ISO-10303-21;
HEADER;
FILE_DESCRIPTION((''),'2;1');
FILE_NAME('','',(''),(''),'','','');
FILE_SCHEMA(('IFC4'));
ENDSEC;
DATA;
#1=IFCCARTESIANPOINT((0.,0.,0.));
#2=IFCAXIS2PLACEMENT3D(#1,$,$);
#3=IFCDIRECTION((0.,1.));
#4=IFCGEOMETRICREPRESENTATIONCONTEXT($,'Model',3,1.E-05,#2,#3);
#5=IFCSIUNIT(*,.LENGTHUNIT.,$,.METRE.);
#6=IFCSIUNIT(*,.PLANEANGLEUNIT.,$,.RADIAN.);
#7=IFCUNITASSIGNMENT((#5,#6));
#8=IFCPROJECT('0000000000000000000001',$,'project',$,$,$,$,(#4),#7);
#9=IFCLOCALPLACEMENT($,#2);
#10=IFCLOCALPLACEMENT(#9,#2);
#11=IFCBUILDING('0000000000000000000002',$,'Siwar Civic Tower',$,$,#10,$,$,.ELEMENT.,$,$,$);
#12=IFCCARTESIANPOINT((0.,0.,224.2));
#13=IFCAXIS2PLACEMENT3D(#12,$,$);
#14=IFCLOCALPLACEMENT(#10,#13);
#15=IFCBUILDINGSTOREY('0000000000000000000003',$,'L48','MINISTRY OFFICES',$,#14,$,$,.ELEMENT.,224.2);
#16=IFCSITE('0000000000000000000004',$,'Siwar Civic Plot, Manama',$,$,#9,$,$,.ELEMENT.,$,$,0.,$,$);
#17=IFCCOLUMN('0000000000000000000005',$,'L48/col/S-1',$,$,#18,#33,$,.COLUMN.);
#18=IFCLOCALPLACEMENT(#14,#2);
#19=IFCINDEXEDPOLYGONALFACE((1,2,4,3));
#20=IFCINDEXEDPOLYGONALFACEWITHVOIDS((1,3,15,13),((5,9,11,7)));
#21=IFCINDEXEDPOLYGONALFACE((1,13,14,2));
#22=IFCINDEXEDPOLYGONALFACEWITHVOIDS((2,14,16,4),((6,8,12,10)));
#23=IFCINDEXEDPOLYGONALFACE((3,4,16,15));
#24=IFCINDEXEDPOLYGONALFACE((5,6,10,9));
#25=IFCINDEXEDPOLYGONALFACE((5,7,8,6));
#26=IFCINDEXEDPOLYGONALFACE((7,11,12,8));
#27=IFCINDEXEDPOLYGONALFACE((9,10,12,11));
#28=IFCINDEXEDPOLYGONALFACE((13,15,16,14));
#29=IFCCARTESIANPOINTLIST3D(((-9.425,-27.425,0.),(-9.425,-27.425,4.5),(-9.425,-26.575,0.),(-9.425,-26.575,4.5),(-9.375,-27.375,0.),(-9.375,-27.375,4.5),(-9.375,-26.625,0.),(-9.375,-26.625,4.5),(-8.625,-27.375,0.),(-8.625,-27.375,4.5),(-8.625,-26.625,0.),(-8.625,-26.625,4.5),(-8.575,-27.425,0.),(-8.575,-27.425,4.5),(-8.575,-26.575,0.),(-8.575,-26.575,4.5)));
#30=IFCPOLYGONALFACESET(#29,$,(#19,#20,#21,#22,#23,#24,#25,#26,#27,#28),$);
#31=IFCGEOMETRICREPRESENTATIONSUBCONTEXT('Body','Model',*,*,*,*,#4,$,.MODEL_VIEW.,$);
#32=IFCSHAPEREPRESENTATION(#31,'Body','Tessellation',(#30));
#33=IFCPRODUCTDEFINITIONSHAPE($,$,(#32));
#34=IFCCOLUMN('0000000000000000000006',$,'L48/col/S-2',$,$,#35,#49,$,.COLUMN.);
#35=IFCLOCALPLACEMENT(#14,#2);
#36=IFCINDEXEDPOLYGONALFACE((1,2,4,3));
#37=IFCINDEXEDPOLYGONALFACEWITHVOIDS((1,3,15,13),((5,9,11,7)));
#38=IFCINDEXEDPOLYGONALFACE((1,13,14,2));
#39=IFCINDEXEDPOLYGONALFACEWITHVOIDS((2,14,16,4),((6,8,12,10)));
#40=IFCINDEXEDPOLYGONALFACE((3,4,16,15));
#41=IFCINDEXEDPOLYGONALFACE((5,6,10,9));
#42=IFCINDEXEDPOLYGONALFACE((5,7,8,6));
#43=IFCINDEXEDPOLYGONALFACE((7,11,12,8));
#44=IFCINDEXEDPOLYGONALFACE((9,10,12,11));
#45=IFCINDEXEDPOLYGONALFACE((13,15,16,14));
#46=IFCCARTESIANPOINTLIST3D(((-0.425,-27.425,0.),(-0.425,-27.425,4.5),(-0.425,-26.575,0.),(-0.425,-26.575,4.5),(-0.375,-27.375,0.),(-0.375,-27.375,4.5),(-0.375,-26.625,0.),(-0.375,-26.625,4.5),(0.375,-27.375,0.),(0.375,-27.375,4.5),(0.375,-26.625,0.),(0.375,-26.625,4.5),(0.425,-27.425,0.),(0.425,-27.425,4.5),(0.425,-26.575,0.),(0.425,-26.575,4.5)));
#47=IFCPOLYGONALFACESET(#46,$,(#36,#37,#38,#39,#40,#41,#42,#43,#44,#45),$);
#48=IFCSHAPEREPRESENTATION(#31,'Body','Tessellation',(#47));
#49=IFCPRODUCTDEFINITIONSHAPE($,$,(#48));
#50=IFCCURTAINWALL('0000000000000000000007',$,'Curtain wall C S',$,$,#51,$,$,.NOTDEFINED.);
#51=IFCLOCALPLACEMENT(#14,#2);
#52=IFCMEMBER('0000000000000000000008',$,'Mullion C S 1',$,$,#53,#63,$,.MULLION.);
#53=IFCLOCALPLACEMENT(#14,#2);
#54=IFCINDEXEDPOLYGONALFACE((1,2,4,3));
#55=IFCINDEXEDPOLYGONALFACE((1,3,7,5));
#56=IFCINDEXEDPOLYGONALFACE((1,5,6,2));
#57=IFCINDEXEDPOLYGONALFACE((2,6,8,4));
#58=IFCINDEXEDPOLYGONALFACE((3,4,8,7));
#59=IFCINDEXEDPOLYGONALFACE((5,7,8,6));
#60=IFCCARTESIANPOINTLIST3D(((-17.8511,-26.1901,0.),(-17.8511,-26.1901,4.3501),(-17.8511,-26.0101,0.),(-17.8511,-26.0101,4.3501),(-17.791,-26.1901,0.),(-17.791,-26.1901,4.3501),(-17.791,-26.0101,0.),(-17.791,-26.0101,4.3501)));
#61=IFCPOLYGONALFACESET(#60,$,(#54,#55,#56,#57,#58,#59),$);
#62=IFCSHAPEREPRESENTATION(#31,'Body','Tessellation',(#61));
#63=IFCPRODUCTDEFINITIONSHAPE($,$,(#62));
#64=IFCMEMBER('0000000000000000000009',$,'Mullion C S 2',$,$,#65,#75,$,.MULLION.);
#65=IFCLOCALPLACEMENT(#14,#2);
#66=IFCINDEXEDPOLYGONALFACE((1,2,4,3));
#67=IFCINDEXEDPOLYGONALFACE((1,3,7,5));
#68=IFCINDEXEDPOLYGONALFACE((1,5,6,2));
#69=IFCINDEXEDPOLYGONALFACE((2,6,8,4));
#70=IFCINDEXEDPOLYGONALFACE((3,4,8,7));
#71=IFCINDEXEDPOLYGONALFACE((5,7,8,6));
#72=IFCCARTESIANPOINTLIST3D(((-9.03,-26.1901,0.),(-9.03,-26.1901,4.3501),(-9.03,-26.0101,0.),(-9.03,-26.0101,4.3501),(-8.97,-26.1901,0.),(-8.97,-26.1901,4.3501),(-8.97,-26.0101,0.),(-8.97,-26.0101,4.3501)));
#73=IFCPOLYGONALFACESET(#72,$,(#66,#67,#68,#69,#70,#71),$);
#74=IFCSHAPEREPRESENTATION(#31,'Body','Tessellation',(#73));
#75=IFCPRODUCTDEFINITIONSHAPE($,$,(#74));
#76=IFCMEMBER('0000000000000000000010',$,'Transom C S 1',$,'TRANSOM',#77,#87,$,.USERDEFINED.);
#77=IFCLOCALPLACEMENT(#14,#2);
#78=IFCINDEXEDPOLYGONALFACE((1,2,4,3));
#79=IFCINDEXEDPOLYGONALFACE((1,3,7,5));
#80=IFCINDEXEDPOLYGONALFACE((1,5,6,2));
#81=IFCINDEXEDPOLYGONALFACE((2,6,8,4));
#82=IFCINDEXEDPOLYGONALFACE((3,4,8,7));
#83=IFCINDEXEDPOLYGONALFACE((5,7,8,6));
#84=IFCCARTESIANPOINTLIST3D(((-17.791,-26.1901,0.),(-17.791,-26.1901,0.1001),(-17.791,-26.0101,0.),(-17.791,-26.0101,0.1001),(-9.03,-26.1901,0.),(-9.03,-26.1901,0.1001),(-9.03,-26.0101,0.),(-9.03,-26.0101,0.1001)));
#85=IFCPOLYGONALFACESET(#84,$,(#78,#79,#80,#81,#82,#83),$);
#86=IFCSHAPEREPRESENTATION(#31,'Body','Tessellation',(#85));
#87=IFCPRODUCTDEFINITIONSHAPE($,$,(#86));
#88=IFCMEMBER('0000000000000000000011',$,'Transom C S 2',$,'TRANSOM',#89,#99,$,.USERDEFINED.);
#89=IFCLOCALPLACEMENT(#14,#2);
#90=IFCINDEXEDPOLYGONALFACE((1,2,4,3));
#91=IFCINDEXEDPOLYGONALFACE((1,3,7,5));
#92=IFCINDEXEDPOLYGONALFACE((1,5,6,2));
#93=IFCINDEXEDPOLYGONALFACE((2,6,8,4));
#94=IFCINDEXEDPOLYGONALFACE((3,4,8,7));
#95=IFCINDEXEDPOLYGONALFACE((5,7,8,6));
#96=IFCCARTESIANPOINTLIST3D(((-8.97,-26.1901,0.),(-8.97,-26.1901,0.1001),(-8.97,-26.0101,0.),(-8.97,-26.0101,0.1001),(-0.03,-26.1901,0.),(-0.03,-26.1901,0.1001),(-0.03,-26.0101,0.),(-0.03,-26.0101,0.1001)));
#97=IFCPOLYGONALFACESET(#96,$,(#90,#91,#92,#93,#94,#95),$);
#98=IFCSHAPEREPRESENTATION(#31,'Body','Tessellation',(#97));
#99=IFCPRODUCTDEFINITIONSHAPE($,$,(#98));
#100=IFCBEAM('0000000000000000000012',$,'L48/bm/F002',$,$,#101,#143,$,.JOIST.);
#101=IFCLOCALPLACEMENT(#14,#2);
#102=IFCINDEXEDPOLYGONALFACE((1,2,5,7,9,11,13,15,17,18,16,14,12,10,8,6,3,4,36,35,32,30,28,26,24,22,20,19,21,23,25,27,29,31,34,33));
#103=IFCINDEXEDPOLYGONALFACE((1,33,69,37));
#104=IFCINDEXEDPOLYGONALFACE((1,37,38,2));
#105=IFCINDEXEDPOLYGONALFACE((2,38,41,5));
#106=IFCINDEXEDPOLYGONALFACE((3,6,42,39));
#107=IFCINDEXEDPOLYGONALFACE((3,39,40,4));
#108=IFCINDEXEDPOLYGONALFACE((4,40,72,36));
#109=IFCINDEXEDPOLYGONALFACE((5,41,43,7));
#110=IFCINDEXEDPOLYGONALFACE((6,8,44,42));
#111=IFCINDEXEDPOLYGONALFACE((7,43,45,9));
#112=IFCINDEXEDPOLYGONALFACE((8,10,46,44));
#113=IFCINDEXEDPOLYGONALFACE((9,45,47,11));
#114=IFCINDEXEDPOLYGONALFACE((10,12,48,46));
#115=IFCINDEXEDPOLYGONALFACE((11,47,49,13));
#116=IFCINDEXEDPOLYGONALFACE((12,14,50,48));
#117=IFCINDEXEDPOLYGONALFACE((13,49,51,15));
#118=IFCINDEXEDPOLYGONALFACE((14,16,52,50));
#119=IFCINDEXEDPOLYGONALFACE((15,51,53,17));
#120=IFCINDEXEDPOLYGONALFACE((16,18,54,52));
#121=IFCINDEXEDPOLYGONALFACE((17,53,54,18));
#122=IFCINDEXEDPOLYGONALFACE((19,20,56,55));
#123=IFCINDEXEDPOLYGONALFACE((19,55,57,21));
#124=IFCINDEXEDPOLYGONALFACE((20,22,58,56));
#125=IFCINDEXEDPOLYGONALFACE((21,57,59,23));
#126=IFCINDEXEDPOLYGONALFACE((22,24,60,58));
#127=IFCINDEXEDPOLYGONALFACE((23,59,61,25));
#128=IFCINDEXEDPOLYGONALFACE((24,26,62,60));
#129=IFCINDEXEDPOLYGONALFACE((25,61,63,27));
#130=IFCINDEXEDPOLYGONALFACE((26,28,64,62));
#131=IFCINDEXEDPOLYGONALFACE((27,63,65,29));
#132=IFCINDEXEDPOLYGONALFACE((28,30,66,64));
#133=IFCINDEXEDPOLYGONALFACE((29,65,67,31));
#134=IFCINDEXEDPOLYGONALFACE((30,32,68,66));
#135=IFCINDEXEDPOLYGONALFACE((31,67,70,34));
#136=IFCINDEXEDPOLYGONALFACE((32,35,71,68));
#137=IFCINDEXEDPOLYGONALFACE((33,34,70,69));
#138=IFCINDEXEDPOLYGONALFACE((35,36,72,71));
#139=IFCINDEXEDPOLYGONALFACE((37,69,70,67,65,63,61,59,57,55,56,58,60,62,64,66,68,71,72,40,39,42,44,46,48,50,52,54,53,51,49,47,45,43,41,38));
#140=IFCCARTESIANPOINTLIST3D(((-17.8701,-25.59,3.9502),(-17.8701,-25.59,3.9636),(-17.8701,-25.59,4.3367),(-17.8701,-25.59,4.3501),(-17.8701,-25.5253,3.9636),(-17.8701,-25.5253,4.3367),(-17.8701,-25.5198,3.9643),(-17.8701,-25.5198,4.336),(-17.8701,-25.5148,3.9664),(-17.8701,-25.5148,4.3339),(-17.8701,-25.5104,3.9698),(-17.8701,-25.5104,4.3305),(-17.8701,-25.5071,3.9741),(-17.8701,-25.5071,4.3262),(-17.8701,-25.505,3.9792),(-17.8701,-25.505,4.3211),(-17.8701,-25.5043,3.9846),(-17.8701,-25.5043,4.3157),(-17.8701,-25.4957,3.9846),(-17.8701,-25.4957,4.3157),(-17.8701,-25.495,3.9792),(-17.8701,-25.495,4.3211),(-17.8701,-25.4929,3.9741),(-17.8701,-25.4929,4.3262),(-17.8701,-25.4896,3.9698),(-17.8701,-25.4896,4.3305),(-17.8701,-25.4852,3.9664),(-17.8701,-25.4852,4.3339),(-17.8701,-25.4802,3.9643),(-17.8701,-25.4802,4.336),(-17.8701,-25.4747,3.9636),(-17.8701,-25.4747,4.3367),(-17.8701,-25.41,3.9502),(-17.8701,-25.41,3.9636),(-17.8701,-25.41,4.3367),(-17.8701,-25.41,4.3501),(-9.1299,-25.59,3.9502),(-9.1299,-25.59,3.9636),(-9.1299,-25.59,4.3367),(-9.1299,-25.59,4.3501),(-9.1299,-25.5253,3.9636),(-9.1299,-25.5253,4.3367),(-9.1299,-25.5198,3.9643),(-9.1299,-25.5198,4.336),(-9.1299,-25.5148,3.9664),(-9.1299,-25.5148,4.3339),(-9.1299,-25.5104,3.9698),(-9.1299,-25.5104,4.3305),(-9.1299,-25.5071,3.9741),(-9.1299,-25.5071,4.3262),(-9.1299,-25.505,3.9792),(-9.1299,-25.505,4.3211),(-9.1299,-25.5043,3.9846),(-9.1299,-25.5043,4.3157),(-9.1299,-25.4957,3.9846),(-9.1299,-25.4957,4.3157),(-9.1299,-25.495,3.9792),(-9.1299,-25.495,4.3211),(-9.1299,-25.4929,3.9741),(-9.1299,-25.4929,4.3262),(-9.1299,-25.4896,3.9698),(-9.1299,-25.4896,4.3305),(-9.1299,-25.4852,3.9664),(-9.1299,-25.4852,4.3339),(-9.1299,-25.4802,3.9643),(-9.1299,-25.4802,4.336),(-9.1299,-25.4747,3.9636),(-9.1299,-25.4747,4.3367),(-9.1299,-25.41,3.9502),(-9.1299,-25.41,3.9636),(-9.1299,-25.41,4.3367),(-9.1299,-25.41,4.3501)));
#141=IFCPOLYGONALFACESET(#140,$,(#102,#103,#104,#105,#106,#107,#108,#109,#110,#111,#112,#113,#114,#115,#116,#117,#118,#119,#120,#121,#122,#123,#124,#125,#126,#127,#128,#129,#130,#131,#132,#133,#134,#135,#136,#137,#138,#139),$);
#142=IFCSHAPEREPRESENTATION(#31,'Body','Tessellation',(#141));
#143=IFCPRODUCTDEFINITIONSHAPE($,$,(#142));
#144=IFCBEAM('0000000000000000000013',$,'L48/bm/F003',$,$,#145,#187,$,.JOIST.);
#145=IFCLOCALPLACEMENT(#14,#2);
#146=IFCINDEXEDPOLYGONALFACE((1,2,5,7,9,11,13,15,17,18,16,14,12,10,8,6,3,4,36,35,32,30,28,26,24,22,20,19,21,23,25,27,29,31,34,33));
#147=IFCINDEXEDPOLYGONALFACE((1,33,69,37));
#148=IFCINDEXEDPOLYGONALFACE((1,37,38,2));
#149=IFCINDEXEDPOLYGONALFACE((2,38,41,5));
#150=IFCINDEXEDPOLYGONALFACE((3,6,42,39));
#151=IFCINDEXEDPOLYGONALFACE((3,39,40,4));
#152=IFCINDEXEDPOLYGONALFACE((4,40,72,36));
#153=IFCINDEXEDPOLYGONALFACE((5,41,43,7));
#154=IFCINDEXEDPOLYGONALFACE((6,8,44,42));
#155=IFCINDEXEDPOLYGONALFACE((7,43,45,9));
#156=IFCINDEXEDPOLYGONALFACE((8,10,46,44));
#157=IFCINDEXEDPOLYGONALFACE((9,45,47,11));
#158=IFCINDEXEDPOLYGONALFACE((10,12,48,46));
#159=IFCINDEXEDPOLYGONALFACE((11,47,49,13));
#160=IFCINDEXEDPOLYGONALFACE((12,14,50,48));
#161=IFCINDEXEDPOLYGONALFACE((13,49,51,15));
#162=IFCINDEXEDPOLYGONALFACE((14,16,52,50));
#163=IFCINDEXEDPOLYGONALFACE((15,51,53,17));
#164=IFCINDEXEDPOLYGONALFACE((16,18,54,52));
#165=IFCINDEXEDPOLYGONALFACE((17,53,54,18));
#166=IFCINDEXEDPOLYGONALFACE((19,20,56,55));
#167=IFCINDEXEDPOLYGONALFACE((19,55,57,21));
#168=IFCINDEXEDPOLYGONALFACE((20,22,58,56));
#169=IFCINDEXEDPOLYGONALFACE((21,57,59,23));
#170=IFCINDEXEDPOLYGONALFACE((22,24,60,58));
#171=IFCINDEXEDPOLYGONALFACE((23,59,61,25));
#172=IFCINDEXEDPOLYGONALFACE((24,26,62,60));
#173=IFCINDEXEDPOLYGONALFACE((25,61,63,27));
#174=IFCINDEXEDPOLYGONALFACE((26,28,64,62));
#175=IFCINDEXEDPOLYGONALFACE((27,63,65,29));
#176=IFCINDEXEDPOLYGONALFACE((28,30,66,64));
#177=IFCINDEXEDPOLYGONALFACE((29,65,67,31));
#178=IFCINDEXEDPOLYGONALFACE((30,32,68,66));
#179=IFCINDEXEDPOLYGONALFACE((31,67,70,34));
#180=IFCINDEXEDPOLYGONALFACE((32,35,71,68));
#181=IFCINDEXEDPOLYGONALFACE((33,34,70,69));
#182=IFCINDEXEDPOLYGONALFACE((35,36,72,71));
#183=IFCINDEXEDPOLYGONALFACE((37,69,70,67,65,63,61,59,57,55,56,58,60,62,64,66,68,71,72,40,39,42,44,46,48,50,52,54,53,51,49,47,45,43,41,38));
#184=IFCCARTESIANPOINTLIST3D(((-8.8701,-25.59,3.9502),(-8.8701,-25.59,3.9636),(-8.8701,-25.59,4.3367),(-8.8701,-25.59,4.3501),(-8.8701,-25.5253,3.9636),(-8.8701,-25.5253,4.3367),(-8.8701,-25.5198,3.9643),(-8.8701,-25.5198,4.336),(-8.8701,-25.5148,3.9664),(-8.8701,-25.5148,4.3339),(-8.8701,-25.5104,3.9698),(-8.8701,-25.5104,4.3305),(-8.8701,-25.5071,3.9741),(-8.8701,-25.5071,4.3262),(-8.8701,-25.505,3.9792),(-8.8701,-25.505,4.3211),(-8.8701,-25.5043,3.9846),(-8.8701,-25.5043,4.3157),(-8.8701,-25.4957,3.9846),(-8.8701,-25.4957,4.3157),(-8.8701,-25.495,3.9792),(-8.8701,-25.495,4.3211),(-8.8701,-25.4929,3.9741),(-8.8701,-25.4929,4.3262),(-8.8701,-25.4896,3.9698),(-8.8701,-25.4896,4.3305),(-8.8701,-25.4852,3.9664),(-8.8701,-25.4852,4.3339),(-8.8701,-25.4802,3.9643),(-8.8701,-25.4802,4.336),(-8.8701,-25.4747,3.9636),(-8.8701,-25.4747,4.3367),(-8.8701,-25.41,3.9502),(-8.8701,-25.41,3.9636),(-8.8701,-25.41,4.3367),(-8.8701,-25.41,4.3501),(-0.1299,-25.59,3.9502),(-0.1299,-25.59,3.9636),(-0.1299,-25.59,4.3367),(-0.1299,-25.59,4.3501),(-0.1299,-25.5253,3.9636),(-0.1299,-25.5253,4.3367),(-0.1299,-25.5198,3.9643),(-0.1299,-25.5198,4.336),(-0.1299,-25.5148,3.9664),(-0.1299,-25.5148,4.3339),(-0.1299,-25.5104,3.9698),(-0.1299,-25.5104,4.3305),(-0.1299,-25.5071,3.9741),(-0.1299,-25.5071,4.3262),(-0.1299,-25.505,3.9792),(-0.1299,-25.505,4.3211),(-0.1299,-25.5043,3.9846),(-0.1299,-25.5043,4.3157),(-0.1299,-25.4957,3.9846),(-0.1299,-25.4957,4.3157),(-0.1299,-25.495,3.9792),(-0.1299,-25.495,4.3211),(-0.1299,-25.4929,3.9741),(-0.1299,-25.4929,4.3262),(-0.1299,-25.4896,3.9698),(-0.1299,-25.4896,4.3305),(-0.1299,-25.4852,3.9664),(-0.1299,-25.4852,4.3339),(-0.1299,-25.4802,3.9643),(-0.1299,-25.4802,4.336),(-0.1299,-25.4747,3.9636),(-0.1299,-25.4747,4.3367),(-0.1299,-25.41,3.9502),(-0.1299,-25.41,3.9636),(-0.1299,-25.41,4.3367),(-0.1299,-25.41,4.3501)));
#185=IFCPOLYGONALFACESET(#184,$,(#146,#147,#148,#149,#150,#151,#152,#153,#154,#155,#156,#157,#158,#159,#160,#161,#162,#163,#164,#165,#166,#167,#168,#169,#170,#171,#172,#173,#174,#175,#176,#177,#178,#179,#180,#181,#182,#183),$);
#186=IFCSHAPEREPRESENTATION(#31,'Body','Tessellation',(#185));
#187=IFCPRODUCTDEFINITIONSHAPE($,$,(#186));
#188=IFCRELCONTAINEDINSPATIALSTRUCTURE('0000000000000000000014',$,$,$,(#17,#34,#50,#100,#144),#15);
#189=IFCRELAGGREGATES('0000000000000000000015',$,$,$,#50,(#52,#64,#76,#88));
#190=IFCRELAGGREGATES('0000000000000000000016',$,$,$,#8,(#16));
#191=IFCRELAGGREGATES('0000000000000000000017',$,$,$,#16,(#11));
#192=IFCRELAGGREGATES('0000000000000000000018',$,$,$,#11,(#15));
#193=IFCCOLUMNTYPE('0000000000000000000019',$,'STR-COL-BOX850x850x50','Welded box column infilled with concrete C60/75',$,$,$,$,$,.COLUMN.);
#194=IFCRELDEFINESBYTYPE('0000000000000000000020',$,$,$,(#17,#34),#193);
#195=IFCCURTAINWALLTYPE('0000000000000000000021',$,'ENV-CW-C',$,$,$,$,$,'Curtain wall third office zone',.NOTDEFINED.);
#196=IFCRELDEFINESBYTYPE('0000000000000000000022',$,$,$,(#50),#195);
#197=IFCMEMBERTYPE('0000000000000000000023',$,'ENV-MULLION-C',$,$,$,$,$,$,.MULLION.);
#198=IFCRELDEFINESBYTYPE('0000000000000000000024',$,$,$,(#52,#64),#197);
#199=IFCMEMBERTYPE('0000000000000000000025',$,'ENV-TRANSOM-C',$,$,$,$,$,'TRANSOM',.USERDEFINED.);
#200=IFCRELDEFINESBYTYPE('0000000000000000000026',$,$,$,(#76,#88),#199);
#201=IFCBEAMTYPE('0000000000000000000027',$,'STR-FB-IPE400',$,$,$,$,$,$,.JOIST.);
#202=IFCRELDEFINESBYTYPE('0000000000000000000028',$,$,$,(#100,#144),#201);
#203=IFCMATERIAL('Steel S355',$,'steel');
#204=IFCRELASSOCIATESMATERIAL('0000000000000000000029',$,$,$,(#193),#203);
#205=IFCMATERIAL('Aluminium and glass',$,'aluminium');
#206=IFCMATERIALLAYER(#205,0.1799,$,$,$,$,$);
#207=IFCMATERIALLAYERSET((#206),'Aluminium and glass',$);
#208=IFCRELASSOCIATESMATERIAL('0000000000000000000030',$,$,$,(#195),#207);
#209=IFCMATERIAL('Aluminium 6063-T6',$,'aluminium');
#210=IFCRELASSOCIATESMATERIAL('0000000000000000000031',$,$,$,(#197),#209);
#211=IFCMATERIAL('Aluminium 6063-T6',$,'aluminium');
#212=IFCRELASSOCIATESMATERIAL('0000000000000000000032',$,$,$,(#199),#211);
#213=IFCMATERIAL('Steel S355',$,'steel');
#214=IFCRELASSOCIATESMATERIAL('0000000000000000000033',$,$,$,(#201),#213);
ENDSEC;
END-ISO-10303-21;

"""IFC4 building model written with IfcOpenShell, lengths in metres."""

from ifc_helpers import new_model, si_unit, direction, frame, origin, origin_2d, place, context, subcontext, project, spatial, rectangle, hollow_rectangle, i_section, extrude, material, layer, layer_set, material_profile, profile_set, type_object, element, aggregate, save


model = new_model("IFC4")

# Units and contexts
model_context = context("Model", 3, precision=1e-05, world=origin(), true_north=direction((0.0, 1.0)))
body_context = subcontext(model_context, "Body", "Model", "MODEL_VIEW")
ifc_project = project(units=[si_unit("LENGTHUNIT", "METRE"), si_unit("PLANEANGLEUNIT", "RADIAN")], contexts=[model_context])

# Site, building, storey
site_placement = place(None, origin())
site = spatial("IfcSite", under=ifc_project, at=site_placement, Name="Siwar Civic Plot, Manama", CompositionType="ELEMENT", RefElevation=0.0)
building_placement = place(site_placement, origin())
building = spatial("IfcBuilding", under=site, at=building_placement, Name="Siwar Civic Tower", CompositionType="ELEMENT")
storey_placement = place(building_placement, frame((0.0, 0.0, 224.2)))
storey = spatial("IfcBuildingStorey", under=building, at=storey_placement, Name="L48", Description="MINISTRY OFFICES", CompositionType="ELEMENT", Elevation=224.2)

# Columns
ifc_material_1 = material(Name="Steel S355", Category="steel")
ifc_material_profile_1 = material_profile(ifc_material_1, hollow_rectangle(XDim=0.8501, YDim=0.8501, WallThickness=0.05, at=origin_2d()), Name="BOX850x850x50")
ifc_profile_set_1 = profile_set([ifc_material_profile_1], Name="Steel S355")
column_type = type_object("IfcColumnType", Name="STR-COL-BOX850x850x50", Description="Welded box column infilled with concrete C60/75", PredefinedType="COLUMN", material=ifc_profile_set_1)
for number, where, z_axis, x_axis, name in (
    (1, (-9.0, -27.0, 0.0), (0.0, 0.0, 1.0), (1.0, 0.0, 0.0), "L48/col/S-1"),
    (2, (0.0, -27.0, 0.0), (0.0, 0.0, 1.0), (1.0, 0.0, 0.0), "L48/col/S-2"),
):
    element("IfcColumn", number, at=place(storey_placement, frame(where, z_axis=z_axis, x_axis=x_axis)), inside=storey, type_object=column_type, Name=name, PredefinedType="COLUMN", context=body_context, shape_type="SweptSolid", body=[
        extrude(hollow_rectangle(XDim=0.8501, YDim=0.8501, WallThickness=0.05, at=origin_2d()), origin(), (0.0, 0.0, 1.0), 4.5),
    ])

# Curtain wall, members
ifc_material_2 = material(Name="Aluminium and glass", Category="aluminium")
ifc_layer_1 = layer(ifc_material_2, 0.1799)
ifc_layer_set_1 = layer_set([ifc_layer_1], Name="Aluminium and glass")
curtain_wall_type = type_object("IfcCurtainWallType", Name="ENV-CW-C", ElementType="Curtain wall third office zone", PredefinedType="NOTDEFINED", material=ifc_layer_set_1)
curtain_wall_placement = place(storey_placement, origin())
curtain_wall = element("IfcCurtainWall", 3, at=curtain_wall_placement, inside=storey, type_object=curtain_wall_type, Name="Curtain wall C S", PredefinedType="NOTDEFINED")
ifc_material_3 = material(Name="Aluminium 6063-T6", Category="aluminium")
ifc_material_profile_2 = material_profile(ifc_material_3, rectangle(XDim=0.1799, YDim=0.0601, at=origin_2d()), Name="AL 180x60")
ifc_profile_set_2 = profile_set([ifc_material_profile_2], Name="Aluminium 6063-T6")
member_type_1 = type_object("IfcMemberType", Name="ENV-MULLION-C", PredefinedType="MULLION", material=ifc_profile_set_2)
member_1_placement = place(storey_placement, frame((-17.821, -26.1001, 0.0), z_axis=(0.0, 0.0, 1.0), x_axis=(0.0, 1.0, 0.0)))
member_1 = element("IfcMember", 4, at=member_1_placement, type_object=member_type_1, Name="Mullion C S 1", PredefinedType="MULLION", context=body_context, shape_type="SweptSolid", body=[
    extrude(rectangle(XDim=0.1799, YDim=0.0601, at=origin_2d()), origin(), (0.0, 0.0, 1.0), 4.3501),
])
member_2_placement = place(storey_placement, frame((-9.0, -26.1001, 0.0), z_axis=(0.0, 0.0, 1.0), x_axis=(0.0, 1.0, 0.0)))
member_2 = element("IfcMember", 5, at=member_2_placement, type_object=member_type_1, Name="Mullion C S 2", PredefinedType="MULLION", context=body_context, shape_type="SweptSolid", body=[
    extrude(rectangle(XDim=0.1799, YDim=0.0601, at=origin_2d()), origin(), (0.0, 0.0, 1.0), 4.3501),
])
ifc_material_4 = material(Name="Aluminium 6063-T6", Category="aluminium")
ifc_material_profile_3 = material_profile(ifc_material_4, rectangle(XDim=0.1799, YDim=0.1001, at=origin_2d()), Name="AL 180x100")
ifc_profile_set_3 = profile_set([ifc_material_profile_3], Name="Aluminium 6063-T6")
member_type_2 = type_object("IfcMemberType", Name="ENV-TRANSOM-C", ElementType="TRANSOM", PredefinedType="USERDEFINED", material=ifc_profile_set_3)
member_3_placement = place(storey_placement, frame((-17.791, -26.1001, 0.05), z_axis=(1.0, 0.0, 0.0), x_axis=(0.0, 1.0, 0.0)))
member_3 = element("IfcMember", 6, at=member_3_placement, type_object=member_type_2, Name="Transom C S 1", ObjectType="TRANSOM", PredefinedType="USERDEFINED", context=body_context, shape_type="SweptSolid", body=[
    extrude(rectangle(XDim=0.1799, YDim=0.1001, at=origin_2d()), origin(), (0.0, 0.0, 1.0), 8.761),
])
member_4_placement = place(storey_placement, frame((-8.97, -26.1001, 0.05), z_axis=(1.0, 0.0, 0.0), x_axis=(0.0, 1.0, 0.0)))
member_4 = element("IfcMember", 7, at=member_4_placement, type_object=member_type_2, Name="Transom C S 2", ObjectType="TRANSOM", PredefinedType="USERDEFINED", context=body_context, shape_type="SweptSolid", body=[
    extrude(rectangle(XDim=0.1799, YDim=0.1001, at=origin_2d()), origin(), (0.0, 0.0, 1.0), 8.9399),
])

# Beams
ifc_material_5 = material(Name="Steel S355", Category="steel")
ifc_material_profile_4 = material_profile(ifc_material_5, i_section(OverallWidth=0.1799, OverallDepth=0.3999, WebThickness=0.0085, FlangeThickness=0.0134, FilletRadius=0.021, at=origin_2d()), Name="IPE400")
ifc_profile_set_4 = profile_set([ifc_material_profile_4], Name="Steel S355")
beam_type_1 = type_object("IfcBeamType", Name="STR-FB-IPE400", PredefinedType="JOIST", material=ifc_profile_set_4)
for number, where, z_axis, x_axis, name in (
    (8, (-17.8701, -25.5, 4.1501), (1.0, 0.0, 0.0), (0.0, 1.0, 0.0), "L48/bm/F002"),
    (9, (-8.8701, -25.5, 4.1501), (1.0, 0.0, 0.0), (0.0, 1.0, 0.0), "L48/bm/F003"),
):
    element("IfcBeam", number, at=place(storey_placement, frame(where, z_axis=z_axis, x_axis=x_axis)), inside=storey, type_object=beam_type_1, Name=name, PredefinedType="JOIST", context=body_context, shape_type="SweptSolid", body=[
        extrude(i_section(OverallWidth=0.1799, OverallDepth=0.3999, WebThickness=0.0085, FlangeThickness=0.0134, FilletRadius=0.021, at=origin_2d()), origin(), (0.0, 0.0, 1.0), 8.7402),
    ])

aggregate(curtain_wall, [member_1, member_2, member_3, member_4])

save(model, "model.ifc")
